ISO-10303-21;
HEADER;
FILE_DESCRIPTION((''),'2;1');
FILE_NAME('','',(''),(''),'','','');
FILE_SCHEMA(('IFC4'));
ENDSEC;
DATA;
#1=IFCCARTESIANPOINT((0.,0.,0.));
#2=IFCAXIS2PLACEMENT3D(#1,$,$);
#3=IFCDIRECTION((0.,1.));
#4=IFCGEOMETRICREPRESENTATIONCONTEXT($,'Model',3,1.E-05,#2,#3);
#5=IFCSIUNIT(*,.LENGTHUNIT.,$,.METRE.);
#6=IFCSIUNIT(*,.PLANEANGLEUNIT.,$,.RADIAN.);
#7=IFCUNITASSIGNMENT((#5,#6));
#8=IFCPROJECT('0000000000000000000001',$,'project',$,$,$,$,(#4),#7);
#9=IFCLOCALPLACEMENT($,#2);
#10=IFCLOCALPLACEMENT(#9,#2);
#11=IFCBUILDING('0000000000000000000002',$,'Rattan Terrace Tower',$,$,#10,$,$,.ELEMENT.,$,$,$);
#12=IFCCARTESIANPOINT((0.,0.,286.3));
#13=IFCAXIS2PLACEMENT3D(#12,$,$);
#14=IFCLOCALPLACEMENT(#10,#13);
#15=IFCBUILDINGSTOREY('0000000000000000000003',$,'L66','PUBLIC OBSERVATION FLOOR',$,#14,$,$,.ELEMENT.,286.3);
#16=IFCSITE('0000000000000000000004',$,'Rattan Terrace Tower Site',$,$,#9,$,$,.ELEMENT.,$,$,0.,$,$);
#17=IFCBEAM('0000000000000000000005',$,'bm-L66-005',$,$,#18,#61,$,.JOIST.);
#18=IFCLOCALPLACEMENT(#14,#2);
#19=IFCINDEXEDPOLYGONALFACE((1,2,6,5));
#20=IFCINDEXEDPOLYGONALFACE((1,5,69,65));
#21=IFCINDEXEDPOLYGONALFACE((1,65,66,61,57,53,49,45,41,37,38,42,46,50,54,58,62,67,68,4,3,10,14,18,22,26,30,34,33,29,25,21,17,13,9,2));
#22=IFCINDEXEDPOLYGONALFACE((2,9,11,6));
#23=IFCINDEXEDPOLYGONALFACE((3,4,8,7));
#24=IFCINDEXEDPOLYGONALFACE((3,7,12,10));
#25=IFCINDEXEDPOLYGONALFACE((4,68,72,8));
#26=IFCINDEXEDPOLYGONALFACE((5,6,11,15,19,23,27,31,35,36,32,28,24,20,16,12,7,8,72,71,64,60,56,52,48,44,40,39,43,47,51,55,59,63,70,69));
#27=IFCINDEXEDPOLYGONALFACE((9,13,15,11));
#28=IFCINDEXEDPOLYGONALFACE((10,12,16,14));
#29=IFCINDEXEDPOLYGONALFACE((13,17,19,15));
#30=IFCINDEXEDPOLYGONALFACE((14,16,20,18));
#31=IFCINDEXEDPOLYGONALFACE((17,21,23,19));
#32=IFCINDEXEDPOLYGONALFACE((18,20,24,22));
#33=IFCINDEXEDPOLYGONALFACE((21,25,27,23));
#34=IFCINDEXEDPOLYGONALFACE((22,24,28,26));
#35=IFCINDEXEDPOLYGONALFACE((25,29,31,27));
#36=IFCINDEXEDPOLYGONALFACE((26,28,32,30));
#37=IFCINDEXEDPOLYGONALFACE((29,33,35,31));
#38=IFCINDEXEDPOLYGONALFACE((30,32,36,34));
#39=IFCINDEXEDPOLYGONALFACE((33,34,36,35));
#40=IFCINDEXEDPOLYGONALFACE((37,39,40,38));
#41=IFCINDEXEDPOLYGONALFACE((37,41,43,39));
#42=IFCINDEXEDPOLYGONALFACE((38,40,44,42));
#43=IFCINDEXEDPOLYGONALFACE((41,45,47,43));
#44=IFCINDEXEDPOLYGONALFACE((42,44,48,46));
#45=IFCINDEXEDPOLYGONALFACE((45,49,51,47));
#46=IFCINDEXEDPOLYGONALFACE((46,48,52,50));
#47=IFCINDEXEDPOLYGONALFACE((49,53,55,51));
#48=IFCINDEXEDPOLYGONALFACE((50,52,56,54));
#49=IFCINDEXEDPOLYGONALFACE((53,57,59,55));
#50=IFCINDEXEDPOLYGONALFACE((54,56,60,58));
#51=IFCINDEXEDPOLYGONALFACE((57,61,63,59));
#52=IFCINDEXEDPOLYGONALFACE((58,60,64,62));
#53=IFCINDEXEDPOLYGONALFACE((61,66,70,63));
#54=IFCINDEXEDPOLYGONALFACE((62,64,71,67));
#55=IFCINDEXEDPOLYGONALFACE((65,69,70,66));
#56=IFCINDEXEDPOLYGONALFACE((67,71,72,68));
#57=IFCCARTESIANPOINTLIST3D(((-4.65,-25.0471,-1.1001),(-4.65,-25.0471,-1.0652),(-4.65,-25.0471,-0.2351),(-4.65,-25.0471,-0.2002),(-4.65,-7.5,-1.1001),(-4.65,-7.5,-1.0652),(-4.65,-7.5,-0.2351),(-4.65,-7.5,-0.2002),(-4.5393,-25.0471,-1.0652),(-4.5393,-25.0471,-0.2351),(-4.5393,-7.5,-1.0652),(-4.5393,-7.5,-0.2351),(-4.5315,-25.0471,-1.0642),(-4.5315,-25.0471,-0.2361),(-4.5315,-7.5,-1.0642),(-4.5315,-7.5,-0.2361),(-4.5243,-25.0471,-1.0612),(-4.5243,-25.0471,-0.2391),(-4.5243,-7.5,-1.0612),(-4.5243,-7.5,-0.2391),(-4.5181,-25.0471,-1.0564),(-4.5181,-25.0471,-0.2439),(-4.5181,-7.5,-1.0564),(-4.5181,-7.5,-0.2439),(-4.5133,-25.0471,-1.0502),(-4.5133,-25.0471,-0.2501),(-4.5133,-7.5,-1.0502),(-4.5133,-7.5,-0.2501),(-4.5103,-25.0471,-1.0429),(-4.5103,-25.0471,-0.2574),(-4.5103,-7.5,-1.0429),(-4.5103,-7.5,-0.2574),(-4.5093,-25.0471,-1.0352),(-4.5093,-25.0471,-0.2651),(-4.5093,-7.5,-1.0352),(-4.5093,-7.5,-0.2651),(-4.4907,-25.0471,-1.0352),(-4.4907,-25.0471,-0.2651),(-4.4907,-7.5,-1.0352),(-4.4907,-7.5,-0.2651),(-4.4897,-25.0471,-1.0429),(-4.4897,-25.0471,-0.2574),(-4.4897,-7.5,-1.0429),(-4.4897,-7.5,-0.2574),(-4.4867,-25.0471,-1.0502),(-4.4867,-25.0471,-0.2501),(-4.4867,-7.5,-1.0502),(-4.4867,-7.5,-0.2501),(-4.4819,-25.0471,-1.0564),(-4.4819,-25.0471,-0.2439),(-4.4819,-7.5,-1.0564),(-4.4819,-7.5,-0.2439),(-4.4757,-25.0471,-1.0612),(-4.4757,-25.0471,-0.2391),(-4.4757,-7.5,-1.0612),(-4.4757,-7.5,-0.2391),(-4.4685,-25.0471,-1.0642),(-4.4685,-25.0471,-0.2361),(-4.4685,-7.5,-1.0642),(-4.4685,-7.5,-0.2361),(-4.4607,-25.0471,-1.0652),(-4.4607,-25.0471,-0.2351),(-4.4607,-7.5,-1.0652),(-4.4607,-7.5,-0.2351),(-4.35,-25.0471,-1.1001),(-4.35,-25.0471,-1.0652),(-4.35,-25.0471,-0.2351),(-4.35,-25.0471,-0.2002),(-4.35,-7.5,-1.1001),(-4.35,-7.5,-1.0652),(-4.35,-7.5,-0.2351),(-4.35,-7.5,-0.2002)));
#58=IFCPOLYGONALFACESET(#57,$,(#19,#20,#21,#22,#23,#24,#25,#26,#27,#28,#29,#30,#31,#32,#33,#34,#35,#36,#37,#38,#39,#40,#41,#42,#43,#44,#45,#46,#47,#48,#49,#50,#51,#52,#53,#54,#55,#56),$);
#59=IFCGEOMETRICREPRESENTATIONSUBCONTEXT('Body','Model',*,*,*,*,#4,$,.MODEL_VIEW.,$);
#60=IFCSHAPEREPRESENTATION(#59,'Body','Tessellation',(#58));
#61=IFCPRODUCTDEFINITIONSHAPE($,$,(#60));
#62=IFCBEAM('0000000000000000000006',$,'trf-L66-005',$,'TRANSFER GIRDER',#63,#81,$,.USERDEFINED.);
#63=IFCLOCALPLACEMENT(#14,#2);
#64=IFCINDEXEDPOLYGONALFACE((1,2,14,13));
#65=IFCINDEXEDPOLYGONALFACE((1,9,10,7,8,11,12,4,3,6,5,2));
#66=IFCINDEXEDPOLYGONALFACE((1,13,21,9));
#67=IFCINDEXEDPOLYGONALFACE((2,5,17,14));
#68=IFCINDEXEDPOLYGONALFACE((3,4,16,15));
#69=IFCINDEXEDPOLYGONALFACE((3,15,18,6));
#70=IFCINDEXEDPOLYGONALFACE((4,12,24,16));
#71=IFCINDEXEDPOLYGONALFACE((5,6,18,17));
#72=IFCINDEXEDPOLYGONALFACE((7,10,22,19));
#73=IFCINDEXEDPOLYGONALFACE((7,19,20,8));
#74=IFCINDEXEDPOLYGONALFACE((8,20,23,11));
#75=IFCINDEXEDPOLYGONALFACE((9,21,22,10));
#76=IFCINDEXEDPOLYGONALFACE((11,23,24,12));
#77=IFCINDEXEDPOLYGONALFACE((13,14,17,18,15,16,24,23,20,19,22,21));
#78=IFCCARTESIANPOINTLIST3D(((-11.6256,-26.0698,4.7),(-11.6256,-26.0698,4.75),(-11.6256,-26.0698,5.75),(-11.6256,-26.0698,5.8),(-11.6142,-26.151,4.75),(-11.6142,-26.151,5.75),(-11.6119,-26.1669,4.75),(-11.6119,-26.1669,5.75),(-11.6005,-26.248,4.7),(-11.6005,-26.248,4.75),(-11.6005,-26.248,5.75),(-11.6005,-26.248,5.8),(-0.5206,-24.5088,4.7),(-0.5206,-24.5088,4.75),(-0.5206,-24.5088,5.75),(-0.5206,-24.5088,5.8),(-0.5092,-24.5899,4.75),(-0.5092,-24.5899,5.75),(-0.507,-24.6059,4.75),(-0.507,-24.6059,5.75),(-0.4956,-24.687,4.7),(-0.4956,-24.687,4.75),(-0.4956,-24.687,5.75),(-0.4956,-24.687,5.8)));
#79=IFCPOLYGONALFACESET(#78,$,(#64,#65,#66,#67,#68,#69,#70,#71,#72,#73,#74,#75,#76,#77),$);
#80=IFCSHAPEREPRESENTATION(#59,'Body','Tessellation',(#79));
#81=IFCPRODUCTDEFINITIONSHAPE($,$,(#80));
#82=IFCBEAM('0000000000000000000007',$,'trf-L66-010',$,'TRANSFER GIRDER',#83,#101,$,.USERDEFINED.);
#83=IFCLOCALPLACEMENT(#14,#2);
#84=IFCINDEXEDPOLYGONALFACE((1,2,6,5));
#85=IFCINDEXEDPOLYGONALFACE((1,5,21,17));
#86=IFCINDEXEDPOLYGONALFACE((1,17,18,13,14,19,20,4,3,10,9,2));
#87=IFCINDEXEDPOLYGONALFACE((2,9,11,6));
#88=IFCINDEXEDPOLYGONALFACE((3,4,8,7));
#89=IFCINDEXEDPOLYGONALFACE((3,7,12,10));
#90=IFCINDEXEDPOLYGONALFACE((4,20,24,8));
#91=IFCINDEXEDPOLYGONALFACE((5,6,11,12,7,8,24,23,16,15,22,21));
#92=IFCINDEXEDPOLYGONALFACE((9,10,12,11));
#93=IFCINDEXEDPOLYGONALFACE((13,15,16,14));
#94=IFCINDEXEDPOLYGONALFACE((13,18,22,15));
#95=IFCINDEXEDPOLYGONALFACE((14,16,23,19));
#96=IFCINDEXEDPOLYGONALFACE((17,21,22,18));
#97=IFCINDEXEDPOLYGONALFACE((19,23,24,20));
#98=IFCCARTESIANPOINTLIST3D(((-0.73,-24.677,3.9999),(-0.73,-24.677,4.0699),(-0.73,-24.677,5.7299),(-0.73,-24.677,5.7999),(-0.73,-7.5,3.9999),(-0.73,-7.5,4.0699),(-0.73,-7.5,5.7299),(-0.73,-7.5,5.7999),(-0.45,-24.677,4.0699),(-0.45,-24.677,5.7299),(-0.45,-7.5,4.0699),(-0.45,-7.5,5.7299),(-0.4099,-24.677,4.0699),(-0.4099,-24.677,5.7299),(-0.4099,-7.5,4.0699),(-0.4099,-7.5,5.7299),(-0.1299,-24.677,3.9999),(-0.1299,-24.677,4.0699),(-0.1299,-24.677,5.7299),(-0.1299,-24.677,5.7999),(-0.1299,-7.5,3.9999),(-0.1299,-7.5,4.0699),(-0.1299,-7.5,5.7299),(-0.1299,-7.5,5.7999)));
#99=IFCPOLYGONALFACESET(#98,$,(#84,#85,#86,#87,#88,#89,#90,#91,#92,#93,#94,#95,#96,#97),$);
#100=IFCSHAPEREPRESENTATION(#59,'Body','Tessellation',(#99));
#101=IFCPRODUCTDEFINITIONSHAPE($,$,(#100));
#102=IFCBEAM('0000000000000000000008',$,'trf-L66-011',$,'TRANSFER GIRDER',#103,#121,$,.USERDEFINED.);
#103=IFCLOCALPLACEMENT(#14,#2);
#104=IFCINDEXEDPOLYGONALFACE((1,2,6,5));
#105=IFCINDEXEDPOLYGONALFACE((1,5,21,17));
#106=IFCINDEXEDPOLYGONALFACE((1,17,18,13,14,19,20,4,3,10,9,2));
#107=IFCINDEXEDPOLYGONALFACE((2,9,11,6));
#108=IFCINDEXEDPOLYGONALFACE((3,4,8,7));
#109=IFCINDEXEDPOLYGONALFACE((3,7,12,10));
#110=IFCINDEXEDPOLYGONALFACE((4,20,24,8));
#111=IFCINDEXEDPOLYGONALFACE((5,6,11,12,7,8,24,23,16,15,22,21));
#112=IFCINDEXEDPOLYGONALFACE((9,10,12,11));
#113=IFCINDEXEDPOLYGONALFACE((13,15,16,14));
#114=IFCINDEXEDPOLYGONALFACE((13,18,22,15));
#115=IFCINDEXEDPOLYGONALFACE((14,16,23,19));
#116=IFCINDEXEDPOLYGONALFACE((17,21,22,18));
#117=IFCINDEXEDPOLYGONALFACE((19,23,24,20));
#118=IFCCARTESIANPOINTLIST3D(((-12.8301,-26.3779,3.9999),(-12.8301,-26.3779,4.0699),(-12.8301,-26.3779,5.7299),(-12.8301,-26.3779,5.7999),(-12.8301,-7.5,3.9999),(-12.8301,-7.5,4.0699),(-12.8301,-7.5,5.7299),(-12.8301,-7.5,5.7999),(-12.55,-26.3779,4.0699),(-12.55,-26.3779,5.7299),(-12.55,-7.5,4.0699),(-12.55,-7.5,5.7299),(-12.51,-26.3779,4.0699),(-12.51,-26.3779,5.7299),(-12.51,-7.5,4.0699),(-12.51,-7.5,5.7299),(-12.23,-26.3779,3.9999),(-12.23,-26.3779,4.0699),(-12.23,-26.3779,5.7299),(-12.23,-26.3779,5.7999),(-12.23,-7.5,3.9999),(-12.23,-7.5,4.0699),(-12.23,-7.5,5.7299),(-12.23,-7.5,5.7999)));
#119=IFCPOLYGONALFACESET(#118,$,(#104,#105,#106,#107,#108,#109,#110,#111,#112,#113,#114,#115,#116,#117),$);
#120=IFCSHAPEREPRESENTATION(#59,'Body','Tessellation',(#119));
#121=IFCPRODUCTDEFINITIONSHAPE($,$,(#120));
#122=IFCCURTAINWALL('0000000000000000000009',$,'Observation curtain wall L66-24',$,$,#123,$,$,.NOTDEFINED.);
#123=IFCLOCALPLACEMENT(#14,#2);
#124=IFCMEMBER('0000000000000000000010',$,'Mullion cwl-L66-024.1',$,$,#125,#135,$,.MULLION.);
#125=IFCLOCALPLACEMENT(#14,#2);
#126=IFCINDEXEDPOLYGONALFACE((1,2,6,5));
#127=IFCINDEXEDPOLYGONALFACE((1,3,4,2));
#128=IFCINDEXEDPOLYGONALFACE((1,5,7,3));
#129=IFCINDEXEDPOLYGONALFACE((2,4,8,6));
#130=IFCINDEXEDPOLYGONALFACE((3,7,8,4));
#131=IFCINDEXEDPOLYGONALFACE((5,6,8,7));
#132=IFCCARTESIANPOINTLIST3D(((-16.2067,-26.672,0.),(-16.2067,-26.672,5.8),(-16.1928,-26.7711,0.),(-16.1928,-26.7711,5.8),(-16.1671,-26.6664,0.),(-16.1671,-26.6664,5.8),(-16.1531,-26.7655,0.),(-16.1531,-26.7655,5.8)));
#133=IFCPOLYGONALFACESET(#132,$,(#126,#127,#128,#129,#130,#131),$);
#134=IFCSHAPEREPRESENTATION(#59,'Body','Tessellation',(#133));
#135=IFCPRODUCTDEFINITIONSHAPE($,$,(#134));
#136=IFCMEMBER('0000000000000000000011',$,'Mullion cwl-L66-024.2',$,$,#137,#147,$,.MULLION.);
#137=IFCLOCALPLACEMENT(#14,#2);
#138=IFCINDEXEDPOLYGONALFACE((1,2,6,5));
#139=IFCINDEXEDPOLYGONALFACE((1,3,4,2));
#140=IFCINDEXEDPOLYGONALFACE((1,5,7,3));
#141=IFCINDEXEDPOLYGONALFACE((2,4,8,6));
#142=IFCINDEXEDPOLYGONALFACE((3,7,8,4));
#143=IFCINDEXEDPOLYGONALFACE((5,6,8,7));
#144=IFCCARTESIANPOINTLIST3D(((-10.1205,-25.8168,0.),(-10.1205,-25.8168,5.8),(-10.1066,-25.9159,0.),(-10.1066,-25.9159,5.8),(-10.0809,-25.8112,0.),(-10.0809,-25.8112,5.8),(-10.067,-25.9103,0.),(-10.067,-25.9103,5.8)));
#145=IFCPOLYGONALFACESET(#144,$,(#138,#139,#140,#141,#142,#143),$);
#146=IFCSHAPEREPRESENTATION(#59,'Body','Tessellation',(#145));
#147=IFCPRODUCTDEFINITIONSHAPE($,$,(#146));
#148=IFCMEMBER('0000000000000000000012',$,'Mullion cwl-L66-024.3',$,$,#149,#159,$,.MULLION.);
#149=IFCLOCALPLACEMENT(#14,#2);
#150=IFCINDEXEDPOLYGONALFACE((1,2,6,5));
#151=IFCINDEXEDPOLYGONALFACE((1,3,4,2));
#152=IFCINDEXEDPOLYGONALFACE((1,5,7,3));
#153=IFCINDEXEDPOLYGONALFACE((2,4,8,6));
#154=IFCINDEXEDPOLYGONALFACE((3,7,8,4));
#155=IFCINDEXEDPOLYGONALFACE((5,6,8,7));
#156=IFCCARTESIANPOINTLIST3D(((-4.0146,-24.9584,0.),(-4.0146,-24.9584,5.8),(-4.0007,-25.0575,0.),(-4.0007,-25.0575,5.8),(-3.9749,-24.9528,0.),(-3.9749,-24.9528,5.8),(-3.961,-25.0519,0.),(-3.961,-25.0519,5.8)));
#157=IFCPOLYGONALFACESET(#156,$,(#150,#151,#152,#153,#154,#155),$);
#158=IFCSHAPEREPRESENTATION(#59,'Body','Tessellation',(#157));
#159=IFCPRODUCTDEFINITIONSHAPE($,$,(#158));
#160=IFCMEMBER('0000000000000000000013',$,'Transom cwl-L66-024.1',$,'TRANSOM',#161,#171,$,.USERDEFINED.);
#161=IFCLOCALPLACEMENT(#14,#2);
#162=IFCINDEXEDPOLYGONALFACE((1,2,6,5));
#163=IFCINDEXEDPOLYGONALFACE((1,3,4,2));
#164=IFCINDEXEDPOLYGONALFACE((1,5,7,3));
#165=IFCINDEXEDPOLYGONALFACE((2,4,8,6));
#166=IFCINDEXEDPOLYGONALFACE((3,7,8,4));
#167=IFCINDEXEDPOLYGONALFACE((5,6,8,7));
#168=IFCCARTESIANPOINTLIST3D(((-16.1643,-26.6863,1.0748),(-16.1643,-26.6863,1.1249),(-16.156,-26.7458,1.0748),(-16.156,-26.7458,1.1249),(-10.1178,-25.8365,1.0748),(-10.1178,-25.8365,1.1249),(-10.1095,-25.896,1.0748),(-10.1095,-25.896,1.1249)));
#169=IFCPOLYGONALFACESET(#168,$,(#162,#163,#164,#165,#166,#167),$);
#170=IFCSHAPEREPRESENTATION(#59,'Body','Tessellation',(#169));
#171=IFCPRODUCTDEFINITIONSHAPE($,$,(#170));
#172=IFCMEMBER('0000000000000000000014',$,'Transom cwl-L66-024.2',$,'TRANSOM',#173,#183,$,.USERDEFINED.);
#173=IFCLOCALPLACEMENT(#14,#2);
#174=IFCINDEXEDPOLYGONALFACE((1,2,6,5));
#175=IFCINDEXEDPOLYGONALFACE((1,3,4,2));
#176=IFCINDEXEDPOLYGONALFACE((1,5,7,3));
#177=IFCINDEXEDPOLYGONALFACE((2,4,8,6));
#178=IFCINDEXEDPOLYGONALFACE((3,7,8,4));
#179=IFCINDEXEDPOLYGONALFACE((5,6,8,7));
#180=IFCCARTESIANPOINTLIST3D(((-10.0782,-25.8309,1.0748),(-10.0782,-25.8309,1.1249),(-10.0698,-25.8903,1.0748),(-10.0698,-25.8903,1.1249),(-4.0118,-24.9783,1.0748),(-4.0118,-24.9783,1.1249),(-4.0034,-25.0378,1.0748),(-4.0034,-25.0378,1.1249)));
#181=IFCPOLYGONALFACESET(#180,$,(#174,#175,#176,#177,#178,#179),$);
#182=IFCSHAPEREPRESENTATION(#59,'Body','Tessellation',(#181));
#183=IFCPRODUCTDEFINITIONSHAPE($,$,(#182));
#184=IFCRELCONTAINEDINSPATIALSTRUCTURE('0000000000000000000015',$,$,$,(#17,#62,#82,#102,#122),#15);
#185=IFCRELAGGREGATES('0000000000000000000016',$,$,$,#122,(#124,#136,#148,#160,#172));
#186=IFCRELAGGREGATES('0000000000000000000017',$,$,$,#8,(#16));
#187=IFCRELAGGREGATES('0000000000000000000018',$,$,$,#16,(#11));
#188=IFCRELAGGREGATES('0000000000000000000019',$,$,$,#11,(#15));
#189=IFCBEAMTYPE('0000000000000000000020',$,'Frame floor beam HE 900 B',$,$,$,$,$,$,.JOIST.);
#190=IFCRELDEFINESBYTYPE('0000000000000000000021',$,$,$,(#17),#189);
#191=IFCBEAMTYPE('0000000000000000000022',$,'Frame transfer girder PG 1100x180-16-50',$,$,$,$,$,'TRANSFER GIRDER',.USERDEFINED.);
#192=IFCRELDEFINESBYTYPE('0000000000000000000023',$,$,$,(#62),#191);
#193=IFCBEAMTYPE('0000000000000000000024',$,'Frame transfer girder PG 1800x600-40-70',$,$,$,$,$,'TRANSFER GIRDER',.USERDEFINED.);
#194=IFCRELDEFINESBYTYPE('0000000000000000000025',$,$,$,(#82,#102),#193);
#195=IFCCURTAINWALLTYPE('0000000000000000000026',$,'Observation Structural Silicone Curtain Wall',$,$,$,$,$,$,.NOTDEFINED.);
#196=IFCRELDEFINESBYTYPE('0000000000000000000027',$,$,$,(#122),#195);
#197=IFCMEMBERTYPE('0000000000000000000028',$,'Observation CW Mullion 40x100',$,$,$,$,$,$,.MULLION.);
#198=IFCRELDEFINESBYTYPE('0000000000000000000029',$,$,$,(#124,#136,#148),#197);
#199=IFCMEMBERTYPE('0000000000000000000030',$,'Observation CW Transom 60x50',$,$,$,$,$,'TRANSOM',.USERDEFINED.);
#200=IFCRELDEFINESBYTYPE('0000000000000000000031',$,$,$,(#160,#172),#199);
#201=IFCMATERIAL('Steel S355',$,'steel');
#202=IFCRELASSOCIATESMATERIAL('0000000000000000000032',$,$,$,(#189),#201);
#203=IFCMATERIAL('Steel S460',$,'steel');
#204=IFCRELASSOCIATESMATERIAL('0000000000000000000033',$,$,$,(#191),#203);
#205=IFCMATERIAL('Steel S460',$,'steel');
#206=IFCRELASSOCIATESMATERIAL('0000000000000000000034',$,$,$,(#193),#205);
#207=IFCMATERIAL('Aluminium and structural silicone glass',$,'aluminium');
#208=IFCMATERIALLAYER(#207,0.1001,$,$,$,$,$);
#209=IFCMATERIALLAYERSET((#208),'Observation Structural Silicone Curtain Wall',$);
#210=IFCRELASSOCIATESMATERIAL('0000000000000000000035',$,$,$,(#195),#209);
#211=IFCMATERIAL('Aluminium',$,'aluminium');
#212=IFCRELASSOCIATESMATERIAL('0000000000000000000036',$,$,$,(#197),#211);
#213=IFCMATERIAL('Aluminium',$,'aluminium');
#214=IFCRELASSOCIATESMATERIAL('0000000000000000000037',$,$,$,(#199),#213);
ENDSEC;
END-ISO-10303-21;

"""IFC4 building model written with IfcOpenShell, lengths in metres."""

from ifc_helpers import new_model, si_unit, direction, frame, origin, origin_2d, place, context, subcontext, project, spatial, rectangle, i_section, extrude, material, layer, layer_set, material_profile, profile_set, type_object, element, aggregate, save


model = new_model("IFC4")

# Units and contexts
model_context = context("Model", 3, precision=1e-05, world=origin(), true_north=direction((0.0, 1.0)))
body_context = subcontext(model_context, "Body", "Model", "MODEL_VIEW")
ifc_project = project(units=[si_unit("LENGTHUNIT", "METRE"), si_unit("PLANEANGLEUNIT", "RADIAN")], contexts=[model_context])

# Site, building, storey
site_placement = place(None, origin())
site = spatial("IfcSite", under=ifc_project, at=site_placement, Name="Rattan Terrace Tower Site", CompositionType="ELEMENT", RefElevation=0.0)
building_placement = place(site_placement, origin())
building = spatial("IfcBuilding", under=site, at=building_placement, Name="Rattan Terrace Tower", CompositionType="ELEMENT")
storey_placement = place(building_placement, frame((0.0, 0.0, 286.3)))
storey = spatial("IfcBuildingStorey", under=building, at=storey_placement, Name="L66", Description="PUBLIC OBSERVATION FLOOR", CompositionType="ELEMENT", Elevation=286.3)

# Beams
ifc_material_1 = material(Name="Steel S355", Category="steel")
ifc_material_profile_1 = material_profile(ifc_material_1, i_section(OverallWidth=0.3, OverallDepth=0.8999, WebThickness=0.0186, FlangeThickness=0.0349, FilletRadius=0.03, at=origin_2d()), Name="HE 900 B")
ifc_profile_set_1 = profile_set([ifc_material_profile_1], Name="Steel S355")
beam_type_1 = type_object("IfcBeamType", Name="Frame floor beam HE 900 B", PredefinedType="JOIST", material=ifc_profile_set_1)
beam_1_placement = place(storey_placement, frame((-4.5, -25.0471, -0.6501), z_axis=(0.0, 1.0, 0.0), x_axis=(-1.0, 0.0, 0.0)))
element("IfcBeam", 1, at=beam_1_placement, inside=storey, type_object=beam_type_1, Name="bm-L66-005", PredefinedType="JOIST", context=body_context, shape_type="SweptSolid", body=[
    extrude(i_section(OverallWidth=0.3, OverallDepth=0.8999, WebThickness=0.0186, FlangeThickness=0.0349, FilletRadius=0.03, at=origin_2d()), origin(), (0.0, 0.0, 1.0), 17.5471),
])
ifc_material_2 = material(Name="Steel S460", Category="steel")
ifc_material_profile_2 = material_profile(ifc_material_2, i_section(OverallWidth=0.1799, OverallDepth=1.1001, WebThickness=0.0161, FlangeThickness=0.05, at=origin_2d()), Name="PG 1100x180-16-50")
ifc_profile_set_2 = profile_set([ifc_material_profile_2], Name="Steel S460")
beam_type_2 = type_object("IfcBeamType", Name="Frame transfer girder PG 1100x180-16-50", ElementType="TRANSFER GIRDER", PredefinedType="USERDEFINED", material=ifc_profile_set_2)
beam_2_placement = place(storey_placement, frame((-11.613, -26.1589, 5.25), z_axis=(0.990264, 0.139202, 0.0), x_axis=(-0.139202, 0.990264, 0.0)))
element("IfcBeam", 2, at=beam_2_placement, inside=storey, type_object=beam_type_2, Name="trf-L66-005", ObjectType="TRANSFER GIRDER", PredefinedType="USERDEFINED", context=body_context, shape_type="SweptSolid", body=[
    extrude(i_section(OverallWidth=0.1799, OverallDepth=1.1001, WebThickness=0.0161, FlangeThickness=0.05, at=origin_2d()), origin(), (0.0, 0.0, 1.0), 11.2141),
])
ifc_material_3 = material(Name="Steel S460", Category="steel")
ifc_material_profile_3 = material_profile(ifc_material_3, i_section(OverallWidth=0.6001, OverallDepth=1.8, WebThickness=0.04, FlangeThickness=0.0701, at=origin_2d()), Name="PG 1800x600-40-70")
ifc_profile_set_3 = profile_set([ifc_material_profile_3], Name="Steel S460")
beam_type_3 = type_object("IfcBeamType", Name="Frame transfer girder PG 1800x600-40-70", ElementType="TRANSFER GIRDER", PredefinedType="USERDEFINED", material=ifc_profile_set_3)
beam_3_placement = place(storey_placement, frame((-0.4299, -24.677, 4.8999), z_axis=(0.0, 1.0, 0.0), x_axis=(-1.0, 0.0, 0.0)))
element("IfcBeam", 3, at=beam_3_placement, inside=storey, type_object=beam_type_3, Name="trf-L66-010", ObjectType="TRANSFER GIRDER", PredefinedType="USERDEFINED", context=body_context, shape_type="SweptSolid", body=[
    extrude(i_section(OverallWidth=0.6001, OverallDepth=1.8, WebThickness=0.04, FlangeThickness=0.0701, at=origin_2d()), origin(), (0.0, 0.0, 1.0), 17.177),
])
beam_4_placement = place(storey_placement, frame((-12.53, -26.3779, 4.8999), z_axis=(0.0, 1.0, 0.0), x_axis=(-1.0, 0.0, 0.0)))
element("IfcBeam", 4, at=beam_4_placement, inside=storey, type_object=beam_type_3, Name="trf-L66-011", ObjectType="TRANSFER GIRDER", PredefinedType="USERDEFINED", context=body_context, shape_type="SweptSolid", body=[
    extrude(i_section(OverallWidth=0.6001, OverallDepth=1.8, WebThickness=0.04, FlangeThickness=0.0701, at=origin_2d()), origin(), (0.0, 0.0, 1.0), 18.8779),
])

# Curtain wall, members
ifc_material_4 = material(Name="Aluminium and structural silicone glass", Category="aluminium")
ifc_layer_1 = layer(ifc_material_4, 0.1001)
ifc_layer_set_1 = layer_set([ifc_layer_1], Name="Observation Structural Silicone Curtain Wall")
curtain_wall_type = type_object("IfcCurtainWallType", Name="Observation Structural Silicone Curtain Wall", PredefinedType="NOTDEFINED", material=ifc_layer_set_1)
curtain_wall_placement = place(storey_placement, origin())
curtain_wall = element("IfcCurtainWall", 5, at=curtain_wall_placement, inside=storey, type_object=curtain_wall_type, Name="Observation curtain wall L66-24", PredefinedType="NOTDEFINED")
ifc_material_5 = material(Name="Aluminium", Category="aluminium")
ifc_material_profile_4 = material_profile(ifc_material_5, rectangle(XDim=0.04, YDim=0.1001, at=origin_2d()), Name="Aluminium 40x100")
ifc_profile_set_4 = profile_set([ifc_material_profile_4], Name="Aluminium")
member_type_1 = type_object("IfcMemberType", Name="Observation CW Mullion 40x100", PredefinedType="MULLION", material=ifc_profile_set_4)
member_1_placement = place(storey_placement, frame((-16.1799, -26.7188, 0.0), z_axis=(0.0, 0.0, 1.0), x_axis=(0.990266, 0.139189, 0.0)))
member_1 = element("IfcMember", 6, at=member_1_placement, type_object=member_type_1, Name="Mullion cwl-L66-024.1", PredefinedType="MULLION", context=body_context, shape_type="SweptSolid", body=[
    extrude(rectangle(XDim=0.04, YDim=0.1001, at=origin_2d()), origin(), (0.0, 0.0, 1.0), 5.8),
])
member_2_placement = place(storey_placement, frame((-10.0938, -25.8635, 0.0), z_axis=(0.0, 0.0, 1.0), x_axis=(0.990266, 0.139189, 0.0)))
member_2 = element("IfcMember", 7, at=member_2_placement, type_object=member_type_1, Name="Mullion cwl-L66-024.2", PredefinedType="MULLION", context=body_context, shape_type="SweptSolid", body=[
    extrude(rectangle(XDim=0.04, YDim=0.1001, at=origin_2d()), origin(), (0.0, 0.0, 1.0), 5.8),
])
member_3_placement = place(storey_placement, frame((-3.9878, -25.0051, 0.0), z_axis=(0.0, 0.0, 1.0), x_axis=(0.990266, 0.139189, 0.0)))
member_3 = element("IfcMember", 8, at=member_3_placement, type_object=member_type_1, Name="Mullion cwl-L66-024.3", PredefinedType="MULLION", context=body_context, shape_type="SweptSolid", body=[
    extrude(rectangle(XDim=0.04, YDim=0.1001, at=origin_2d()), origin(), (0.0, 0.0, 1.0), 5.8),
])
ifc_material_6 = material(Name="Aluminium", Category="aluminium")
ifc_material_profile_5 = material_profile(ifc_material_6, rectangle(XDim=0.0601, YDim=0.05, at=origin_2d()), Name="Aluminium 60x50")
ifc_profile_set_5 = profile_set([ifc_material_profile_5], Name="Aluminium")
member_type_2 = type_object("IfcMemberType", Name="Observation CW Transom 60x50", ElementType="TRANSOM", PredefinedType="USERDEFINED", material=ifc_profile_set_5)
member_4_placement = place(storey_placement, frame((-16.1602, -26.7161, 1.0999), z_axis=(0.990267, 0.139182, 0.0), x_axis=(-0.139182, 0.990267, 0.0)))
member_4 = element("IfcMember", 9, at=member_4_placement, type_object=member_type_2, Name="Transom cwl-L66-024.1", ObjectType="TRANSOM", PredefinedType="USERDEFINED", context=body_context, shape_type="SweptSolid", body=[
    extrude(rectangle(XDim=0.0601, YDim=0.05, at=origin_2d()), origin(), (0.0, 0.0, 1.0), 6.106),
])
member_5_placement = place(storey_placement, frame((-10.074, -25.8606, 1.0999), z_axis=(0.990269, 0.139167, 0.0), x_axis=(-0.139167, 0.990269, 0.0)))
member_5 = element("IfcMember", 10, at=member_5_placement, type_object=member_type_2, Name="Transom cwl-L66-024.2", ObjectType="TRANSOM", PredefinedType="USERDEFINED", context=body_context, shape_type="SweptSolid", body=[
    extrude(rectangle(XDim=0.0601, YDim=0.05, at=origin_2d()), origin(), (0.0, 0.0, 1.0), 6.126),
])
aggregate(curtain_wall, [member_1, member_2, member_3, member_4, member_5])

save(model, "model.ifc")
